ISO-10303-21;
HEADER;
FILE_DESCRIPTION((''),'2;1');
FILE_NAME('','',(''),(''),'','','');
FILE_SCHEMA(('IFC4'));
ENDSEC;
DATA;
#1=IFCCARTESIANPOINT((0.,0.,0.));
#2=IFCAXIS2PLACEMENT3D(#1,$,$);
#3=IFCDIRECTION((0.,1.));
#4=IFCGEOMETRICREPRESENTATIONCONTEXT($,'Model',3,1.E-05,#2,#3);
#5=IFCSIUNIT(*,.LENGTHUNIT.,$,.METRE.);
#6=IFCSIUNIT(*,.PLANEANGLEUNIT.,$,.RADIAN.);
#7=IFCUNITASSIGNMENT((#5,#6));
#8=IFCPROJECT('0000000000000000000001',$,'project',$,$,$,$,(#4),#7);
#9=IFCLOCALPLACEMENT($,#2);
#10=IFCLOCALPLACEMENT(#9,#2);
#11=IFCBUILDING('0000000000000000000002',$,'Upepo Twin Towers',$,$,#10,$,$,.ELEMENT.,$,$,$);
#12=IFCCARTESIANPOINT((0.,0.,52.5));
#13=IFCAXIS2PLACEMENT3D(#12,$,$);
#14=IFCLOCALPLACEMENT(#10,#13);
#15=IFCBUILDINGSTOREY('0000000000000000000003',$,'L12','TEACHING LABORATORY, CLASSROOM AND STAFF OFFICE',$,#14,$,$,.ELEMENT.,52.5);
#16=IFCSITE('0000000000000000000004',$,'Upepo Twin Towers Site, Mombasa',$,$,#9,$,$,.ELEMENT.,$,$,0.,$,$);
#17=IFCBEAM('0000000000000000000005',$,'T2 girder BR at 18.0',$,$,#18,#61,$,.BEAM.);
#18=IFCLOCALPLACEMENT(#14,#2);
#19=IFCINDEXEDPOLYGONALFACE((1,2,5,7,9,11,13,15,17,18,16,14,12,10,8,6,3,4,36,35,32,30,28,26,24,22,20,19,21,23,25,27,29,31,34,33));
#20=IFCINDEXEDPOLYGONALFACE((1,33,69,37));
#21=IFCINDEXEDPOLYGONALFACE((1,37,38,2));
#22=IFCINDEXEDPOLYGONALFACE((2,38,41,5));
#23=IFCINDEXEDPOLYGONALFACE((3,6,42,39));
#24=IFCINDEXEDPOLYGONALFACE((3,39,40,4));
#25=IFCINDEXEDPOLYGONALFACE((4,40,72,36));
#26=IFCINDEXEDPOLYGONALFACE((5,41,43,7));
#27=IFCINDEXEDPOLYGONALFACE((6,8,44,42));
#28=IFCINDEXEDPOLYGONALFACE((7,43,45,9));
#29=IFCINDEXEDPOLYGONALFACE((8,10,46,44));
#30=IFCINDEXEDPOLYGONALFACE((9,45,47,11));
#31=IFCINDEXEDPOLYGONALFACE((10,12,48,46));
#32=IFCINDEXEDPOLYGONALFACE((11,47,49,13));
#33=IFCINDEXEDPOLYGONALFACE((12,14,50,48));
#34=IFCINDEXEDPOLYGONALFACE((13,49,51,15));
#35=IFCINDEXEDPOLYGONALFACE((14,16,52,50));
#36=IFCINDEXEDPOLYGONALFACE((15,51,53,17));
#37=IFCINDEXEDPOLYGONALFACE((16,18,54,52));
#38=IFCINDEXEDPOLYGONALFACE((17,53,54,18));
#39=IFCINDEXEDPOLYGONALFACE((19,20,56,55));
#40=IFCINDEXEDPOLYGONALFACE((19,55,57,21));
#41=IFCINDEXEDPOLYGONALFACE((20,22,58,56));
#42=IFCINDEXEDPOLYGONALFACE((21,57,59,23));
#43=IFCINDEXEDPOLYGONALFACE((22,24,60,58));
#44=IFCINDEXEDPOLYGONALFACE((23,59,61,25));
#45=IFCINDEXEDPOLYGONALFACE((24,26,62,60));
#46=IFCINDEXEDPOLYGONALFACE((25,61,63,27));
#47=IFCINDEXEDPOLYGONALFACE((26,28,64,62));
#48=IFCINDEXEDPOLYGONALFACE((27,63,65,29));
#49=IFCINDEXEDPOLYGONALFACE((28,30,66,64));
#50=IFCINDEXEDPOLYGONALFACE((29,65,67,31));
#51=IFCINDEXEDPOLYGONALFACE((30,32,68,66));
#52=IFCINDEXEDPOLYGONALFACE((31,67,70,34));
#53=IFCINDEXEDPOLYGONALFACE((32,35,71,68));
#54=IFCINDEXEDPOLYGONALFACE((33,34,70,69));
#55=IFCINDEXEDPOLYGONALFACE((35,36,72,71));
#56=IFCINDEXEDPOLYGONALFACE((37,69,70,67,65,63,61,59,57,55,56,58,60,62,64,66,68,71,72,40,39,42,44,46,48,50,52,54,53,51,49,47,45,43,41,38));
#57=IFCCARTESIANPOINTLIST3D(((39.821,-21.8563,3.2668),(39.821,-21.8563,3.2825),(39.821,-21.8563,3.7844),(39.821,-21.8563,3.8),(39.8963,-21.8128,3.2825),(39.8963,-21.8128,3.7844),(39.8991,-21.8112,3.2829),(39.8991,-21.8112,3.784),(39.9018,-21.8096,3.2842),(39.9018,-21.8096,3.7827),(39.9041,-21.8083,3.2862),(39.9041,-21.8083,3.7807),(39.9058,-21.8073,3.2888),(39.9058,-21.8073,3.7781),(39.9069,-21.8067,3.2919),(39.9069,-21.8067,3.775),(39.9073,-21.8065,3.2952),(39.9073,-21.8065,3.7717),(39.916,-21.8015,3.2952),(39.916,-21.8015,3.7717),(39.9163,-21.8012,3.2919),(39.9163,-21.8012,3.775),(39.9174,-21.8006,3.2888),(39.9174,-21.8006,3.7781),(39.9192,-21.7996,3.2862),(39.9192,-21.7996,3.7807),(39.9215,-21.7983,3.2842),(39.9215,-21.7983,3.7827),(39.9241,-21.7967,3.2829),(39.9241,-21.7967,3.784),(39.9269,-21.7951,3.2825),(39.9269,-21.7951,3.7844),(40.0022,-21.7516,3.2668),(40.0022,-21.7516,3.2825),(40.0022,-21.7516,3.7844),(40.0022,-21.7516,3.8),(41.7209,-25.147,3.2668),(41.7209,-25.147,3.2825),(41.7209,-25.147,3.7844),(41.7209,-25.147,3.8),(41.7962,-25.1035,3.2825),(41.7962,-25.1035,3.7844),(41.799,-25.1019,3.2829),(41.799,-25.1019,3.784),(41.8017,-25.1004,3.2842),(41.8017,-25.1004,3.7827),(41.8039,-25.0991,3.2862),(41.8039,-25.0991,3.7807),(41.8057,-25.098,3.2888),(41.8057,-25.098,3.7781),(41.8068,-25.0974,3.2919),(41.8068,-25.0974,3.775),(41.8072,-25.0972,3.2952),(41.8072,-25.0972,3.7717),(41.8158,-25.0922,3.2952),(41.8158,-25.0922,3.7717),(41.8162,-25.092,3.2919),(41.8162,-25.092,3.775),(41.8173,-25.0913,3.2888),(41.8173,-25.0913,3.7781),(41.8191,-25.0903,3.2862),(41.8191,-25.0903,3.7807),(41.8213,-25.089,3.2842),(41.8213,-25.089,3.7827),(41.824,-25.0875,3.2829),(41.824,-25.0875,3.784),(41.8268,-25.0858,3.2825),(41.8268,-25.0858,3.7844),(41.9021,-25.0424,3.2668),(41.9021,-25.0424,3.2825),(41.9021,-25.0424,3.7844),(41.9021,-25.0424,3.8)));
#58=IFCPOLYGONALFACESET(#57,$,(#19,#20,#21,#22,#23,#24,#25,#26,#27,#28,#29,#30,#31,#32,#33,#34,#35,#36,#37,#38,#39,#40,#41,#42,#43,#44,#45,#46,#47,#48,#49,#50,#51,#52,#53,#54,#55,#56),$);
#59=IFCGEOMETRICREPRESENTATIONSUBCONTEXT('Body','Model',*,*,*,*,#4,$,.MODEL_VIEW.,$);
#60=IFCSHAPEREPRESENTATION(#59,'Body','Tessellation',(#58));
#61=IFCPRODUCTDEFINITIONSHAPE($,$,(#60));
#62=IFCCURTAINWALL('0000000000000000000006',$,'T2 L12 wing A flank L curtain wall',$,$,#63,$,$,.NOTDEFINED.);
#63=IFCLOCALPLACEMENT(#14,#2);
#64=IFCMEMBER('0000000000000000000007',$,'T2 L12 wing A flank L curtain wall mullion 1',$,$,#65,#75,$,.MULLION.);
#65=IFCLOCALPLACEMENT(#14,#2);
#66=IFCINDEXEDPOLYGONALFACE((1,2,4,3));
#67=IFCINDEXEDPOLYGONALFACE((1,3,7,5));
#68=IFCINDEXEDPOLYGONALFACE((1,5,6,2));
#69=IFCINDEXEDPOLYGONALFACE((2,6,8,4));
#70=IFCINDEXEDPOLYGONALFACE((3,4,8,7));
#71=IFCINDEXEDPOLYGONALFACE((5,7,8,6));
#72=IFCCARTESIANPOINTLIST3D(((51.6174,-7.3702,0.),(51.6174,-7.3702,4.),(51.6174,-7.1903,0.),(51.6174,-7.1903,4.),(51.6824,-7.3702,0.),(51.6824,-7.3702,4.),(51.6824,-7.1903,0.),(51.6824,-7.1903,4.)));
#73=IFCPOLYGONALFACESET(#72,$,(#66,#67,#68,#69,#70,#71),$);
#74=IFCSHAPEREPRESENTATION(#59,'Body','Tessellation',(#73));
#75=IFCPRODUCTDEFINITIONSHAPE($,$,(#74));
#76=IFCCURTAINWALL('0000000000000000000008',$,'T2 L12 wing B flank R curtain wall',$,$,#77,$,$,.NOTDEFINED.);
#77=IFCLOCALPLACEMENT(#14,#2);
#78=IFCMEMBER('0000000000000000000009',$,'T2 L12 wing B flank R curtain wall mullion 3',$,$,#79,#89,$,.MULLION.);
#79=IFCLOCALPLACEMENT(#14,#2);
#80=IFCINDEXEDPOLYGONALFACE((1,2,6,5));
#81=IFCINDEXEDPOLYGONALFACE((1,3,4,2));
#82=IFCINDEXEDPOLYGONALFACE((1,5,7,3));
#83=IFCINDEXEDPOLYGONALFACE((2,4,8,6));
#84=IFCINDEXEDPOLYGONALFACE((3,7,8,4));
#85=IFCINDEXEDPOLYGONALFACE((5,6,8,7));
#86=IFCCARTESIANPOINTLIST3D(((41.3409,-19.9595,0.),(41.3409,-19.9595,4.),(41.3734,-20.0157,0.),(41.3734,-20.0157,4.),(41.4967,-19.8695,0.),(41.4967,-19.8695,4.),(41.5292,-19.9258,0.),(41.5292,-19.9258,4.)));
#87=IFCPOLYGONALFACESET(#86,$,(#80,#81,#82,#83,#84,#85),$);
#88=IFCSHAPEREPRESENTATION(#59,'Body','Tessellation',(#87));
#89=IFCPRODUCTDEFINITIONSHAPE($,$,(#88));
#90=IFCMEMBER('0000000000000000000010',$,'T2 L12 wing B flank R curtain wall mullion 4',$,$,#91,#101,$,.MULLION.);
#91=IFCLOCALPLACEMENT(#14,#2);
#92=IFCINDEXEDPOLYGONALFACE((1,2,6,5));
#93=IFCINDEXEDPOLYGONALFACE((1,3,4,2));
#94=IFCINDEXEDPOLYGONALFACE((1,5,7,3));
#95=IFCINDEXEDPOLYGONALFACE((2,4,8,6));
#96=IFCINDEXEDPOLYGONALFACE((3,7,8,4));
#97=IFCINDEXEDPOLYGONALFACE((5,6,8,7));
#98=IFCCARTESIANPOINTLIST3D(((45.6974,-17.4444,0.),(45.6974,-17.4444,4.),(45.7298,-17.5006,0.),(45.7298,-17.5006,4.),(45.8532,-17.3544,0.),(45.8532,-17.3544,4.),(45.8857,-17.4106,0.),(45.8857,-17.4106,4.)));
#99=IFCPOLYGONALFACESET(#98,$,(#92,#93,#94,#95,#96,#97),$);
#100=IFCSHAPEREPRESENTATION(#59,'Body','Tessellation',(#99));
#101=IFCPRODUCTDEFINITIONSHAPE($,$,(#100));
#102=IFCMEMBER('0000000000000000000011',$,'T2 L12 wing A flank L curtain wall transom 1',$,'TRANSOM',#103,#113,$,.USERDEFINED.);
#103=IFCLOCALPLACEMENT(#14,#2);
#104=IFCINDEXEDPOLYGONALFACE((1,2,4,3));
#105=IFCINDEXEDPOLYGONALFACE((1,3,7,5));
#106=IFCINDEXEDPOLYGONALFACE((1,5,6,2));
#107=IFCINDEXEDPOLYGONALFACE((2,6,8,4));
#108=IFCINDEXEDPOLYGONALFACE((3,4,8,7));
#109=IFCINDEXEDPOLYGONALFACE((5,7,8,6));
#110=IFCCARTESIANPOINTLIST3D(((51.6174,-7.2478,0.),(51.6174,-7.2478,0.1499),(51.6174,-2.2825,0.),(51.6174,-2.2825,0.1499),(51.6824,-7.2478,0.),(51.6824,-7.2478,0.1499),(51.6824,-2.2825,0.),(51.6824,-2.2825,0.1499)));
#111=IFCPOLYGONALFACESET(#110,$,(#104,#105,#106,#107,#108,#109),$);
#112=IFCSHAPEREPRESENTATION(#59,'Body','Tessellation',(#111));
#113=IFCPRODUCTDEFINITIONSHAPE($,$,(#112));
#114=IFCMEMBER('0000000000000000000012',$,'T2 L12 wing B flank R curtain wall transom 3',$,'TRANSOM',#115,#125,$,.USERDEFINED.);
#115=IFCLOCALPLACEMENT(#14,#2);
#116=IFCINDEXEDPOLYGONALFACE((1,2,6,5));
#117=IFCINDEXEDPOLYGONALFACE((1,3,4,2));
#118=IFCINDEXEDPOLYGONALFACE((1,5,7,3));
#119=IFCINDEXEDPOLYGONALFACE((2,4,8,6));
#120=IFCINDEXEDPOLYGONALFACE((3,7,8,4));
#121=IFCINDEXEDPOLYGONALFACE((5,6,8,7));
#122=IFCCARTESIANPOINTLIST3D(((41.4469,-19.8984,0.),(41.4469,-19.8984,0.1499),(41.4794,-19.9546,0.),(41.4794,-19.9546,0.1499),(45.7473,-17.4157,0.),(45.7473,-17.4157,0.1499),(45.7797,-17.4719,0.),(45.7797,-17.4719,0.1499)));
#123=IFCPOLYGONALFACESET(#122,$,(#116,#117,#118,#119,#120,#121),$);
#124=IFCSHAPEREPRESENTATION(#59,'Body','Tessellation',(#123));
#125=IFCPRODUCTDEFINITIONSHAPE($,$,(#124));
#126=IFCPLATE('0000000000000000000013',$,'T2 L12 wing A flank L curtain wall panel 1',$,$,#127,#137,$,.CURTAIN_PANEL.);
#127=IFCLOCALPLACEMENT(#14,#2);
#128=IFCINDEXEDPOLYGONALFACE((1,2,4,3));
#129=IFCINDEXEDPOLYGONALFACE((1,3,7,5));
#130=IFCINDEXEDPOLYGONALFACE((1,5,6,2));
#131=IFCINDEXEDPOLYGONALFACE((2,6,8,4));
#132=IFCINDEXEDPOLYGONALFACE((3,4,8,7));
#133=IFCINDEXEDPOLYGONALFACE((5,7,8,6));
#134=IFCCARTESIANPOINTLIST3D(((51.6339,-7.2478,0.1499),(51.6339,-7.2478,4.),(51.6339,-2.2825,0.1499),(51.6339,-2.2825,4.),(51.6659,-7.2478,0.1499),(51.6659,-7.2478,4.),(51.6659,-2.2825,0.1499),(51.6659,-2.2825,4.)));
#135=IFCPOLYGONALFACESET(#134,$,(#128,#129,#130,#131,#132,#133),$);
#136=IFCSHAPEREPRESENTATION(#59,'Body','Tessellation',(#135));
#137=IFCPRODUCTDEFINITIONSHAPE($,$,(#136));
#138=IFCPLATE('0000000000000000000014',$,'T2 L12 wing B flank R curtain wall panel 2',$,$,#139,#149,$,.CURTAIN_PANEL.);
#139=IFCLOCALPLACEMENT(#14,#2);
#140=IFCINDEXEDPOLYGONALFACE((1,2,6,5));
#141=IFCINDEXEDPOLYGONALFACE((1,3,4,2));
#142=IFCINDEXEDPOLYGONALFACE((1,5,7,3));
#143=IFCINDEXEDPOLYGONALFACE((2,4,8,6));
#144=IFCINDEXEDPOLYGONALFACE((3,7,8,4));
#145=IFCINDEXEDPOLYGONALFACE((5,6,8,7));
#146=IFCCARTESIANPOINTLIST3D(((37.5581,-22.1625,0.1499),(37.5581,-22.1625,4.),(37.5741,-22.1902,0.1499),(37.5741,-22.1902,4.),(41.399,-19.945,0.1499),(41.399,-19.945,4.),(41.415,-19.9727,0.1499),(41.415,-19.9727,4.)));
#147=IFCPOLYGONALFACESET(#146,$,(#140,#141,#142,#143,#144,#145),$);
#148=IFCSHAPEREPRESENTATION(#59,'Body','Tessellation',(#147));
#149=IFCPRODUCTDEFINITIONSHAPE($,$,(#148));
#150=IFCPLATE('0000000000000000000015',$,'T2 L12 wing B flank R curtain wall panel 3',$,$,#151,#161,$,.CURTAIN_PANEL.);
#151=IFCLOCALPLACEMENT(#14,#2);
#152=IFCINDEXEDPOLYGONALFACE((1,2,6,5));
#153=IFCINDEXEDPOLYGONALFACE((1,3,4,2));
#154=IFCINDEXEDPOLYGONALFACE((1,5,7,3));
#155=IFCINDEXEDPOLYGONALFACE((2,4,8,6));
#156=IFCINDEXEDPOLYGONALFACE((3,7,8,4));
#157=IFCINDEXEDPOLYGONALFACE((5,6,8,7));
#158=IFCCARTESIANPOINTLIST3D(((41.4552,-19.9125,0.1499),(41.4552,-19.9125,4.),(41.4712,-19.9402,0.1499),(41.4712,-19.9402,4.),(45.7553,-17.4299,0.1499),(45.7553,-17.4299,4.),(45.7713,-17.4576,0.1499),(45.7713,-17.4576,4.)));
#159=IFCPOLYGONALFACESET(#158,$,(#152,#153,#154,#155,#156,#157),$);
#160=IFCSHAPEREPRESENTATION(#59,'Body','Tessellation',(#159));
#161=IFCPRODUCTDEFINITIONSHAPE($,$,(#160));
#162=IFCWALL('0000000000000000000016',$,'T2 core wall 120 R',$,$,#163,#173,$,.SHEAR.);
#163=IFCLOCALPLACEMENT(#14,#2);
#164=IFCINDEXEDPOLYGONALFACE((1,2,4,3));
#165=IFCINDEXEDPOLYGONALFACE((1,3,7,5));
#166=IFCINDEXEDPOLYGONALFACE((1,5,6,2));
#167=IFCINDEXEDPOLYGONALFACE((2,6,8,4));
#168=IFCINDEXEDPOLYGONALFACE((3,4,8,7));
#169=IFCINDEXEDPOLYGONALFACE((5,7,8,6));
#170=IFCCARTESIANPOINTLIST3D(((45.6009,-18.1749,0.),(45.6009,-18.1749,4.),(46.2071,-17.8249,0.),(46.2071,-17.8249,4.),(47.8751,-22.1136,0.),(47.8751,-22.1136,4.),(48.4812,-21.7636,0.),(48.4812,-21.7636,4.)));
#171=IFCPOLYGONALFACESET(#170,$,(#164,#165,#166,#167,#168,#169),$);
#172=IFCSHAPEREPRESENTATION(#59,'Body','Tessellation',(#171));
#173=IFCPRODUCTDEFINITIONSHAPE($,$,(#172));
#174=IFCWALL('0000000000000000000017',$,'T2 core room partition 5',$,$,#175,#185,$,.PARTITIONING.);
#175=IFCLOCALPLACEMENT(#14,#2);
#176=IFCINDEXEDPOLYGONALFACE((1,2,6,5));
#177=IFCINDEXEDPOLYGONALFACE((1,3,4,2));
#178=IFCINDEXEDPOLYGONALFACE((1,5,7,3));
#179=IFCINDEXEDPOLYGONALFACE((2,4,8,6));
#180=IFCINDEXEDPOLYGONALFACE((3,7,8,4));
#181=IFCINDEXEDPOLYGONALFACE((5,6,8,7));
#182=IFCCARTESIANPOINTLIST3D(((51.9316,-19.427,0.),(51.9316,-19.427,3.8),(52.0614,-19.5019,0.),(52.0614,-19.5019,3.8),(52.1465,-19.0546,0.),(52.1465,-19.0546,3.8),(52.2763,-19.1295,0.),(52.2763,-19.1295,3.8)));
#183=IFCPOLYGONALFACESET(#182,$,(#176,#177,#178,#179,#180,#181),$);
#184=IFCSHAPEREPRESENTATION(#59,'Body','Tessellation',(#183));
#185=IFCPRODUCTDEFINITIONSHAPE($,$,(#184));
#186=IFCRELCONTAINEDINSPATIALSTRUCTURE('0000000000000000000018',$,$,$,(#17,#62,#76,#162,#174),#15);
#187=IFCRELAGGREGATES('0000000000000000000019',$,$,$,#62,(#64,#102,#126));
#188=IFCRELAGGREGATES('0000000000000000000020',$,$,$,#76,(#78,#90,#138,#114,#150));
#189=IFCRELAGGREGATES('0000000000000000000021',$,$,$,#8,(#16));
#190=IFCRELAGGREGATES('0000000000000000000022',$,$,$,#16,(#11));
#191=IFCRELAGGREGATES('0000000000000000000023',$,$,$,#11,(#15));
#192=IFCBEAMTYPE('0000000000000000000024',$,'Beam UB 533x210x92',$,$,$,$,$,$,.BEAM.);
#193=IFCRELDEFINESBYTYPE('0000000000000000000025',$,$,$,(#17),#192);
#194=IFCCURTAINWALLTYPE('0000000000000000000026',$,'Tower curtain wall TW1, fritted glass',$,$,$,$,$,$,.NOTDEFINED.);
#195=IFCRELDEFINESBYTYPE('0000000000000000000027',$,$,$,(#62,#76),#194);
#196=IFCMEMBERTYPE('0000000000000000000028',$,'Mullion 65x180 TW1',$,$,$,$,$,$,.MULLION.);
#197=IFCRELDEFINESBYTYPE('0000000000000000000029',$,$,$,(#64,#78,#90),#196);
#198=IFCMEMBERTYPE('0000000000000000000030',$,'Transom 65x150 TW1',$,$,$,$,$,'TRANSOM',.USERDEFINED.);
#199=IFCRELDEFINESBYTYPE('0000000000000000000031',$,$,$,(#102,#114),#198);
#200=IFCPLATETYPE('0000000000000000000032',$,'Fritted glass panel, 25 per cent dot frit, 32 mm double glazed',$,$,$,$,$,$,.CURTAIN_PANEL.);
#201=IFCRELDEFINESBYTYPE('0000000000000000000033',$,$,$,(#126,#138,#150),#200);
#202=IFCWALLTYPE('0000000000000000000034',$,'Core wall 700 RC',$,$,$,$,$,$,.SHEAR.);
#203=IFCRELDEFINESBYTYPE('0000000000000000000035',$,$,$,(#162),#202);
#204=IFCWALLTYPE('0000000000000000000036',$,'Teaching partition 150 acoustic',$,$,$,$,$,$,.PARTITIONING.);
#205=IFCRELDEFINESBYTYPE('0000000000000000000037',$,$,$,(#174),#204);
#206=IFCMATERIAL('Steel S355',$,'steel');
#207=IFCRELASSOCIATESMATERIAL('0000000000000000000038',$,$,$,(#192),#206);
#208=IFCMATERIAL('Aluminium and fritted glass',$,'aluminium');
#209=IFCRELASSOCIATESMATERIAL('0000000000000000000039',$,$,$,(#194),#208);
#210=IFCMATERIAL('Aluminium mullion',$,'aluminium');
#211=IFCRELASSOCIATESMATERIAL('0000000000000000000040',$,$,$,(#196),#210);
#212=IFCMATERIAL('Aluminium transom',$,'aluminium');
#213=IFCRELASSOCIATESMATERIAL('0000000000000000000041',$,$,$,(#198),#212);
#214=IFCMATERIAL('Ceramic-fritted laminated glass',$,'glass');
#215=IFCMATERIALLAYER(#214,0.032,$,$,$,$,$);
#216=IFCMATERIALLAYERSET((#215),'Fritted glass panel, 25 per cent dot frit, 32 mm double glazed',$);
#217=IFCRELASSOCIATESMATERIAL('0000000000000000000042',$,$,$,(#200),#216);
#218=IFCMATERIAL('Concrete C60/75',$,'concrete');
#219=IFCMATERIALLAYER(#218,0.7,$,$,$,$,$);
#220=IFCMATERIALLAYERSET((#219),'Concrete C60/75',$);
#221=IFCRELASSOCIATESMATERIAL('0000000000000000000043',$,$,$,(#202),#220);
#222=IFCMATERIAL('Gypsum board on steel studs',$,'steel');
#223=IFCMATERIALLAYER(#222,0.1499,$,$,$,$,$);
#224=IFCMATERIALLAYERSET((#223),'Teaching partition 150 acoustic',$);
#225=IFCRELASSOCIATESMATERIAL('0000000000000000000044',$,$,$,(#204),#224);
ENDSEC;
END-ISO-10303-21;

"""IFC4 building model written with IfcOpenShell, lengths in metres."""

from ifc_helpers import new_model, si_unit, direction, frame, frame_2d, origin, origin_2d, place, context, subcontext, project, spatial, rectangle, i_section, extrude, material, layer, layer_set, material_profile, profile_set, type_object, element, aggregate, save


model = new_model("IFC4")

# Units and contexts
model_context = context("Model", 3, precision=1e-05, world=origin(), true_north=direction((0.0, 1.0)))
body_context = subcontext(model_context, "Body", "Model", "MODEL_VIEW")
ifc_project = project(units=[si_unit("LENGTHUNIT", "METRE"), si_unit("PLANEANGLEUNIT", "RADIAN")], contexts=[model_context])

# Site, building, storey
site_placement = place(None, origin())
site = spatial("IfcSite", under=ifc_project, at=site_placement, Name="Upepo Twin Towers Site, Mombasa", CompositionType="ELEMENT", RefElevation=0.0)
building_placement = place(site_placement, origin())
building = spatial("IfcBuilding", under=site, at=building_placement, Name="Upepo Twin Towers", CompositionType="ELEMENT")
storey_placement = place(building_placement, frame((0.0, 0.0, 52.5)))
storey = spatial("IfcBuildingStorey", under=building, at=storey_placement, Name="L12", Description="TEACHING LABORATORY, CLASSROOM AND STAFF OFFICE", CompositionType="ELEMENT", Elevation=52.5)

# Beam
ifc_material_1 = material(Name="Steel S355", Category="steel")
ifc_material_profile_1 = material_profile(ifc_material_1, i_section(OverallWidth=0.2092, OverallDepth=0.5332, WebThickness=0.01, FlangeThickness=0.0156, FilletRadius=0.0127, at=origin_2d()), Name="UB 533x210x92")
ifc_profile_set_1 = profile_set([ifc_material_profile_1], Name="Steel S355")
beam_type_1 = type_object("IfcBeamType", Name="Beam UB 533x210x92", PredefinedType="BEAM", material=ifc_profile_set_1)
beam_1_placement = place(storey_placement, frame((39.9116, -21.804, 3.5334), z_axis=(0.499995, -0.866028, 0.0), x_axis=(0.866028, 0.499995, 0.0)))
element("IfcBeam", 1, at=beam_1_placement, inside=storey, type_object=beam_type_1, Name="T2 girder BR at 18.0", PredefinedType="BEAM", context=body_context, shape_type="SweptSolid", body=[
    extrude(i_section(OverallWidth=0.2092, OverallDepth=0.5332, WebThickness=0.01, FlangeThickness=0.0156, FilletRadius=0.0127, at=origin_2d()), origin(), (0.0, 0.0, 1.0), 3.7998),
])

# Curtain wall, member
ifc_material_2 = material(Name="Aluminium and fritted glass", Category="aluminium")
curtain_wall_type = type_object("IfcCurtainWallType", Name="Tower curtain wall TW1, fritted glass", PredefinedType="NOTDEFINED", material=ifc_material_2)
curtain_wall_1_placement = place(storey_placement, origin())
curtain_wall_1 = element("IfcCurtainWall", 2, at=curtain_wall_1_placement, inside=storey, type_object=curtain_wall_type, Name="T2 L12 wing A flank L curtain wall", PredefinedType="NOTDEFINED")
ifc_material_3 = material(Name="Aluminium mullion", Category="aluminium")
ifc_material_profile_2 = material_profile(ifc_material_3, rectangle(XDim=0.0649, YDim=0.1799, at=origin_2d()), Name="MULLION 65x180")
ifc_profile_set_2 = profile_set([ifc_material_profile_2], Name="Aluminium mullion")
member_type_1 = type_object("IfcMemberType", Name="Mullion 65x180 TW1", PredefinedType="MULLION", material=ifc_profile_set_2)
member_1_placement = place(storey_placement, frame((51.6499, -7.2803, 0.0), z_axis=(0.0, 0.0, 1.0), x_axis=(-1.0, 0.0, 0.0)))
member_1 = element("IfcMember", 3, at=member_1_placement, type_object=member_type_1, Name="T2 L12 wing A flank L curtain wall mullion 1", PredefinedType="MULLION", context=body_context, shape_type="SweptSolid", body=[
    extrude(rectangle(XDim=0.0649, YDim=0.1799, at=origin_2d()), origin(), (0.0, 0.0, 1.0), 4.0),
])

# Curtain wall, members
curtain_wall_2_placement = place(storey_placement, origin())
curtain_wall_2 = element("IfcCurtainWall", 4, at=curtain_wall_2_placement, inside=storey, type_object=curtain_wall_type, Name="T2 L12 wing B flank R curtain wall", PredefinedType="NOTDEFINED")
member_2_placement = place(storey_placement, frame((41.4351, -19.9426, 0.0), z_axis=(0.0, 0.0, 1.0), x_axis=(-0.5, 0.866025, 0.0)))
member_2 = element("IfcMember", 5, at=member_2_placement, type_object=member_type_1, Name="T2 L12 wing B flank R curtain wall mullion 3", PredefinedType="MULLION", context=body_context, shape_type="SweptSolid", body=[
    extrude(rectangle(XDim=0.0649, YDim=0.1799, at=origin_2d()), origin(), (0.0, 0.0, 1.0), 4.0),
])
member_3_placement = place(storey_placement, frame((45.7915, -17.4275, 0.0), z_axis=(0.0, 0.0, 1.0), x_axis=(-0.5, 0.866025, 0.0)))
member_3 = element("IfcMember", 6, at=member_3_placement, type_object=member_type_1, Name="T2 L12 wing B flank R curtain wall mullion 4", PredefinedType="MULLION", context=body_context, shape_type="SweptSolid", body=[
    extrude(rectangle(XDim=0.0649, YDim=0.1799, at=origin_2d()), origin(), (0.0, 0.0, 1.0), 4.0),
])

# Members
ifc_material_4 = material(Name="Aluminium transom", Category="aluminium")
ifc_material_profile_3 = material_profile(ifc_material_4, rectangle(XDim=0.0649, YDim=0.1499, at=origin_2d()), Name="TRANSOM 65x150")
ifc_profile_set_3 = profile_set([ifc_material_profile_3], Name="Aluminium transom")
member_type_2 = type_object("IfcMemberType", Name="Transom 65x150 TW1", ElementType="TRANSOM", PredefinedType="USERDEFINED", material=ifc_profile_set_3)
member_4_placement = place(storey_placement, frame((51.6499, -7.2478, 0.075), z_axis=(0.0, 1.0, 0.0), x_axis=(-1.0, 0.0, 0.0)))
member_4 = element("IfcMember", 7, at=member_4_placement, type_object=member_type_2, Name="T2 L12 wing A flank L curtain wall transom 1", ObjectType="TRANSOM", PredefinedType="USERDEFINED", context=body_context, shape_type="SweptSolid", body=[
    extrude(rectangle(XDim=0.0649, YDim=0.1499, at=origin_2d()), origin(), (0.0, 0.0, 1.0), 4.9653),
])
member_5_placement = place(storey_placement, frame((41.4631, -19.9265, 0.075), z_axis=(0.866035, 0.499983, 0.0), x_axis=(-0.499983, 0.866035, 0.0)))
member_5 = element("IfcMember", 8, at=member_5_placement, type_object=member_type_2, Name="T2 L12 wing B flank R curtain wall transom 3", ObjectType="TRANSOM", PredefinedType="USERDEFINED", context=body_context, shape_type="SweptSolid", body=[
    extrude(rectangle(XDim=0.0649, YDim=0.1499, at=origin_2d()), origin(), (0.0, 0.0, 1.0), 4.9656),
])

# Plates
ifc_material_5 = material(Name="Ceramic-fritted laminated glass", Category="glass")
ifc_layer_1 = layer(ifc_material_5, 0.032)
ifc_layer_set_1 = layer_set([ifc_layer_1], Name="Fritted glass panel, 25 per cent dot frit, 32 mm double glazed")
plate_type = type_object("IfcPlateType", Name="Fritted glass panel, 25 per cent dot frit, 32 mm double glazed", PredefinedType="CURTAIN_PANEL", material=ifc_layer_set_1)
plate_1_placement = place(storey_placement, frame((51.6499, -4.7651, 0.1499), z_axis=(0.0, 0.0, 1.0), x_axis=(0.0, 1.0, 0.0)))
plate_1 = element("IfcPlate", 9, at=plate_1_placement, type_object=plate_type, Name="T2 L12 wing A flank L curtain wall panel 1", PredefinedType="CURTAIN_PANEL", context=body_context, shape_type="SweptSolid", body=[
    extrude(rectangle(XDim=4.9653, YDim=0.032, at=origin_2d()), origin(), (0.0, 0.0, 1.0), 3.8501),
])
aggregate(curtain_wall_1, [member_1, member_4, plate_1])
plate_2_placement = place(storey_placement, frame((39.4866, -21.0676, 0.1499), z_axis=(0.0, 0.0, 1.0), x_axis=(0.866025, 0.5, 0.0)))
plate_2 = element("IfcPlate", 10, at=plate_2_placement, type_object=plate_type, Name="T2 L12 wing B flank R curtain wall panel 2", PredefinedType="CURTAIN_PANEL", context=body_context, shape_type="SweptSolid", body=[
    extrude(rectangle(XDim=4.4351, YDim=0.032, at=origin_2d()), origin(), (0.0, 0.0, 1.0), 3.8501),
])
plate_3_placement = place(storey_placement, frame((43.6133, -18.6851, 0.1499), z_axis=(0.0, 0.0, 1.0), x_axis=(0.866025, 0.5, 0.0)))
plate_3 = element("IfcPlate", 11, at=plate_3_placement, type_object=plate_type, Name="T2 L12 wing B flank R curtain wall panel 3", PredefinedType="CURTAIN_PANEL", context=body_context, shape_type="SweptSolid", body=[
    extrude(rectangle(XDim=4.9653, YDim=0.032, at=origin_2d()), origin(), (0.0, 0.0, 1.0), 3.8501),
])
aggregate(curtain_wall_2, [member_2, member_3, plate_2, member_5, plate_3])

# Walls
ifc_material_6 = material(Name="Concrete C60/75", Category="concrete")
ifc_layer_2 = layer(ifc_material_6, 0.7)
ifc_layer_set_2 = layer_set([ifc_layer_2], Name="Concrete C60/75")
wall_type_1 = type_object("IfcWallType", Name="Core wall 700 RC", PredefinedType="SHEAR", material=ifc_layer_set_2)
wall_1_placement = place(storey_placement, frame((45.9041, -18.0, 0.0), z_axis=(0.0, 0.0, 1.0), x_axis=(0.500024, -0.866011, 0.0)))
element("IfcWall", 12, at=wall_1_placement, inside=storey, type_object=wall_type_1, Name="T2 core wall 120 R", PredefinedType="SHEAR", context=body_context, shape_type="SweptSolid", body=[
    extrude(rectangle(XDim=4.5481, YDim=0.7, at=frame_2d((2.2739, 0.0))), origin(), (0.0, 0.0, 1.0), 4.0),
])
ifc_material_7 = material(Name="Gypsum board on steel studs", Category="steel")
ifc_layer_3 = layer(ifc_material_7, 0.1499)
ifc_layer_set_3 = layer_set([ifc_layer_3], Name="Teaching partition 150 acoustic")
wall_type_2 = type_object("IfcWallType", Name="Teaching partition 150 acoustic", PredefinedType="PARTITIONING", material=ifc_layer_set_3)
wall_2_placement = place(storey_placement, frame((51.9966, -19.4644, 0.0), z_axis=(0.0, 0.0, 1.0), x_axis=(0.499804, 0.866138, 0.0)))
element("IfcWall", 13, at=wall_2_placement, inside=storey, type_object=wall_type_2, Name="T2 core room partition 5", PredefinedType="PARTITIONING", context=body_context, shape_type="SweptSolid", body=[
    extrude(rectangle(XDim=0.4299, YDim=0.1499, at=frame_2d((0.2148, 0.0))), origin(), (0.0, 0.0, 1.0), 3.8),
])

save(model, "model.ifc")
